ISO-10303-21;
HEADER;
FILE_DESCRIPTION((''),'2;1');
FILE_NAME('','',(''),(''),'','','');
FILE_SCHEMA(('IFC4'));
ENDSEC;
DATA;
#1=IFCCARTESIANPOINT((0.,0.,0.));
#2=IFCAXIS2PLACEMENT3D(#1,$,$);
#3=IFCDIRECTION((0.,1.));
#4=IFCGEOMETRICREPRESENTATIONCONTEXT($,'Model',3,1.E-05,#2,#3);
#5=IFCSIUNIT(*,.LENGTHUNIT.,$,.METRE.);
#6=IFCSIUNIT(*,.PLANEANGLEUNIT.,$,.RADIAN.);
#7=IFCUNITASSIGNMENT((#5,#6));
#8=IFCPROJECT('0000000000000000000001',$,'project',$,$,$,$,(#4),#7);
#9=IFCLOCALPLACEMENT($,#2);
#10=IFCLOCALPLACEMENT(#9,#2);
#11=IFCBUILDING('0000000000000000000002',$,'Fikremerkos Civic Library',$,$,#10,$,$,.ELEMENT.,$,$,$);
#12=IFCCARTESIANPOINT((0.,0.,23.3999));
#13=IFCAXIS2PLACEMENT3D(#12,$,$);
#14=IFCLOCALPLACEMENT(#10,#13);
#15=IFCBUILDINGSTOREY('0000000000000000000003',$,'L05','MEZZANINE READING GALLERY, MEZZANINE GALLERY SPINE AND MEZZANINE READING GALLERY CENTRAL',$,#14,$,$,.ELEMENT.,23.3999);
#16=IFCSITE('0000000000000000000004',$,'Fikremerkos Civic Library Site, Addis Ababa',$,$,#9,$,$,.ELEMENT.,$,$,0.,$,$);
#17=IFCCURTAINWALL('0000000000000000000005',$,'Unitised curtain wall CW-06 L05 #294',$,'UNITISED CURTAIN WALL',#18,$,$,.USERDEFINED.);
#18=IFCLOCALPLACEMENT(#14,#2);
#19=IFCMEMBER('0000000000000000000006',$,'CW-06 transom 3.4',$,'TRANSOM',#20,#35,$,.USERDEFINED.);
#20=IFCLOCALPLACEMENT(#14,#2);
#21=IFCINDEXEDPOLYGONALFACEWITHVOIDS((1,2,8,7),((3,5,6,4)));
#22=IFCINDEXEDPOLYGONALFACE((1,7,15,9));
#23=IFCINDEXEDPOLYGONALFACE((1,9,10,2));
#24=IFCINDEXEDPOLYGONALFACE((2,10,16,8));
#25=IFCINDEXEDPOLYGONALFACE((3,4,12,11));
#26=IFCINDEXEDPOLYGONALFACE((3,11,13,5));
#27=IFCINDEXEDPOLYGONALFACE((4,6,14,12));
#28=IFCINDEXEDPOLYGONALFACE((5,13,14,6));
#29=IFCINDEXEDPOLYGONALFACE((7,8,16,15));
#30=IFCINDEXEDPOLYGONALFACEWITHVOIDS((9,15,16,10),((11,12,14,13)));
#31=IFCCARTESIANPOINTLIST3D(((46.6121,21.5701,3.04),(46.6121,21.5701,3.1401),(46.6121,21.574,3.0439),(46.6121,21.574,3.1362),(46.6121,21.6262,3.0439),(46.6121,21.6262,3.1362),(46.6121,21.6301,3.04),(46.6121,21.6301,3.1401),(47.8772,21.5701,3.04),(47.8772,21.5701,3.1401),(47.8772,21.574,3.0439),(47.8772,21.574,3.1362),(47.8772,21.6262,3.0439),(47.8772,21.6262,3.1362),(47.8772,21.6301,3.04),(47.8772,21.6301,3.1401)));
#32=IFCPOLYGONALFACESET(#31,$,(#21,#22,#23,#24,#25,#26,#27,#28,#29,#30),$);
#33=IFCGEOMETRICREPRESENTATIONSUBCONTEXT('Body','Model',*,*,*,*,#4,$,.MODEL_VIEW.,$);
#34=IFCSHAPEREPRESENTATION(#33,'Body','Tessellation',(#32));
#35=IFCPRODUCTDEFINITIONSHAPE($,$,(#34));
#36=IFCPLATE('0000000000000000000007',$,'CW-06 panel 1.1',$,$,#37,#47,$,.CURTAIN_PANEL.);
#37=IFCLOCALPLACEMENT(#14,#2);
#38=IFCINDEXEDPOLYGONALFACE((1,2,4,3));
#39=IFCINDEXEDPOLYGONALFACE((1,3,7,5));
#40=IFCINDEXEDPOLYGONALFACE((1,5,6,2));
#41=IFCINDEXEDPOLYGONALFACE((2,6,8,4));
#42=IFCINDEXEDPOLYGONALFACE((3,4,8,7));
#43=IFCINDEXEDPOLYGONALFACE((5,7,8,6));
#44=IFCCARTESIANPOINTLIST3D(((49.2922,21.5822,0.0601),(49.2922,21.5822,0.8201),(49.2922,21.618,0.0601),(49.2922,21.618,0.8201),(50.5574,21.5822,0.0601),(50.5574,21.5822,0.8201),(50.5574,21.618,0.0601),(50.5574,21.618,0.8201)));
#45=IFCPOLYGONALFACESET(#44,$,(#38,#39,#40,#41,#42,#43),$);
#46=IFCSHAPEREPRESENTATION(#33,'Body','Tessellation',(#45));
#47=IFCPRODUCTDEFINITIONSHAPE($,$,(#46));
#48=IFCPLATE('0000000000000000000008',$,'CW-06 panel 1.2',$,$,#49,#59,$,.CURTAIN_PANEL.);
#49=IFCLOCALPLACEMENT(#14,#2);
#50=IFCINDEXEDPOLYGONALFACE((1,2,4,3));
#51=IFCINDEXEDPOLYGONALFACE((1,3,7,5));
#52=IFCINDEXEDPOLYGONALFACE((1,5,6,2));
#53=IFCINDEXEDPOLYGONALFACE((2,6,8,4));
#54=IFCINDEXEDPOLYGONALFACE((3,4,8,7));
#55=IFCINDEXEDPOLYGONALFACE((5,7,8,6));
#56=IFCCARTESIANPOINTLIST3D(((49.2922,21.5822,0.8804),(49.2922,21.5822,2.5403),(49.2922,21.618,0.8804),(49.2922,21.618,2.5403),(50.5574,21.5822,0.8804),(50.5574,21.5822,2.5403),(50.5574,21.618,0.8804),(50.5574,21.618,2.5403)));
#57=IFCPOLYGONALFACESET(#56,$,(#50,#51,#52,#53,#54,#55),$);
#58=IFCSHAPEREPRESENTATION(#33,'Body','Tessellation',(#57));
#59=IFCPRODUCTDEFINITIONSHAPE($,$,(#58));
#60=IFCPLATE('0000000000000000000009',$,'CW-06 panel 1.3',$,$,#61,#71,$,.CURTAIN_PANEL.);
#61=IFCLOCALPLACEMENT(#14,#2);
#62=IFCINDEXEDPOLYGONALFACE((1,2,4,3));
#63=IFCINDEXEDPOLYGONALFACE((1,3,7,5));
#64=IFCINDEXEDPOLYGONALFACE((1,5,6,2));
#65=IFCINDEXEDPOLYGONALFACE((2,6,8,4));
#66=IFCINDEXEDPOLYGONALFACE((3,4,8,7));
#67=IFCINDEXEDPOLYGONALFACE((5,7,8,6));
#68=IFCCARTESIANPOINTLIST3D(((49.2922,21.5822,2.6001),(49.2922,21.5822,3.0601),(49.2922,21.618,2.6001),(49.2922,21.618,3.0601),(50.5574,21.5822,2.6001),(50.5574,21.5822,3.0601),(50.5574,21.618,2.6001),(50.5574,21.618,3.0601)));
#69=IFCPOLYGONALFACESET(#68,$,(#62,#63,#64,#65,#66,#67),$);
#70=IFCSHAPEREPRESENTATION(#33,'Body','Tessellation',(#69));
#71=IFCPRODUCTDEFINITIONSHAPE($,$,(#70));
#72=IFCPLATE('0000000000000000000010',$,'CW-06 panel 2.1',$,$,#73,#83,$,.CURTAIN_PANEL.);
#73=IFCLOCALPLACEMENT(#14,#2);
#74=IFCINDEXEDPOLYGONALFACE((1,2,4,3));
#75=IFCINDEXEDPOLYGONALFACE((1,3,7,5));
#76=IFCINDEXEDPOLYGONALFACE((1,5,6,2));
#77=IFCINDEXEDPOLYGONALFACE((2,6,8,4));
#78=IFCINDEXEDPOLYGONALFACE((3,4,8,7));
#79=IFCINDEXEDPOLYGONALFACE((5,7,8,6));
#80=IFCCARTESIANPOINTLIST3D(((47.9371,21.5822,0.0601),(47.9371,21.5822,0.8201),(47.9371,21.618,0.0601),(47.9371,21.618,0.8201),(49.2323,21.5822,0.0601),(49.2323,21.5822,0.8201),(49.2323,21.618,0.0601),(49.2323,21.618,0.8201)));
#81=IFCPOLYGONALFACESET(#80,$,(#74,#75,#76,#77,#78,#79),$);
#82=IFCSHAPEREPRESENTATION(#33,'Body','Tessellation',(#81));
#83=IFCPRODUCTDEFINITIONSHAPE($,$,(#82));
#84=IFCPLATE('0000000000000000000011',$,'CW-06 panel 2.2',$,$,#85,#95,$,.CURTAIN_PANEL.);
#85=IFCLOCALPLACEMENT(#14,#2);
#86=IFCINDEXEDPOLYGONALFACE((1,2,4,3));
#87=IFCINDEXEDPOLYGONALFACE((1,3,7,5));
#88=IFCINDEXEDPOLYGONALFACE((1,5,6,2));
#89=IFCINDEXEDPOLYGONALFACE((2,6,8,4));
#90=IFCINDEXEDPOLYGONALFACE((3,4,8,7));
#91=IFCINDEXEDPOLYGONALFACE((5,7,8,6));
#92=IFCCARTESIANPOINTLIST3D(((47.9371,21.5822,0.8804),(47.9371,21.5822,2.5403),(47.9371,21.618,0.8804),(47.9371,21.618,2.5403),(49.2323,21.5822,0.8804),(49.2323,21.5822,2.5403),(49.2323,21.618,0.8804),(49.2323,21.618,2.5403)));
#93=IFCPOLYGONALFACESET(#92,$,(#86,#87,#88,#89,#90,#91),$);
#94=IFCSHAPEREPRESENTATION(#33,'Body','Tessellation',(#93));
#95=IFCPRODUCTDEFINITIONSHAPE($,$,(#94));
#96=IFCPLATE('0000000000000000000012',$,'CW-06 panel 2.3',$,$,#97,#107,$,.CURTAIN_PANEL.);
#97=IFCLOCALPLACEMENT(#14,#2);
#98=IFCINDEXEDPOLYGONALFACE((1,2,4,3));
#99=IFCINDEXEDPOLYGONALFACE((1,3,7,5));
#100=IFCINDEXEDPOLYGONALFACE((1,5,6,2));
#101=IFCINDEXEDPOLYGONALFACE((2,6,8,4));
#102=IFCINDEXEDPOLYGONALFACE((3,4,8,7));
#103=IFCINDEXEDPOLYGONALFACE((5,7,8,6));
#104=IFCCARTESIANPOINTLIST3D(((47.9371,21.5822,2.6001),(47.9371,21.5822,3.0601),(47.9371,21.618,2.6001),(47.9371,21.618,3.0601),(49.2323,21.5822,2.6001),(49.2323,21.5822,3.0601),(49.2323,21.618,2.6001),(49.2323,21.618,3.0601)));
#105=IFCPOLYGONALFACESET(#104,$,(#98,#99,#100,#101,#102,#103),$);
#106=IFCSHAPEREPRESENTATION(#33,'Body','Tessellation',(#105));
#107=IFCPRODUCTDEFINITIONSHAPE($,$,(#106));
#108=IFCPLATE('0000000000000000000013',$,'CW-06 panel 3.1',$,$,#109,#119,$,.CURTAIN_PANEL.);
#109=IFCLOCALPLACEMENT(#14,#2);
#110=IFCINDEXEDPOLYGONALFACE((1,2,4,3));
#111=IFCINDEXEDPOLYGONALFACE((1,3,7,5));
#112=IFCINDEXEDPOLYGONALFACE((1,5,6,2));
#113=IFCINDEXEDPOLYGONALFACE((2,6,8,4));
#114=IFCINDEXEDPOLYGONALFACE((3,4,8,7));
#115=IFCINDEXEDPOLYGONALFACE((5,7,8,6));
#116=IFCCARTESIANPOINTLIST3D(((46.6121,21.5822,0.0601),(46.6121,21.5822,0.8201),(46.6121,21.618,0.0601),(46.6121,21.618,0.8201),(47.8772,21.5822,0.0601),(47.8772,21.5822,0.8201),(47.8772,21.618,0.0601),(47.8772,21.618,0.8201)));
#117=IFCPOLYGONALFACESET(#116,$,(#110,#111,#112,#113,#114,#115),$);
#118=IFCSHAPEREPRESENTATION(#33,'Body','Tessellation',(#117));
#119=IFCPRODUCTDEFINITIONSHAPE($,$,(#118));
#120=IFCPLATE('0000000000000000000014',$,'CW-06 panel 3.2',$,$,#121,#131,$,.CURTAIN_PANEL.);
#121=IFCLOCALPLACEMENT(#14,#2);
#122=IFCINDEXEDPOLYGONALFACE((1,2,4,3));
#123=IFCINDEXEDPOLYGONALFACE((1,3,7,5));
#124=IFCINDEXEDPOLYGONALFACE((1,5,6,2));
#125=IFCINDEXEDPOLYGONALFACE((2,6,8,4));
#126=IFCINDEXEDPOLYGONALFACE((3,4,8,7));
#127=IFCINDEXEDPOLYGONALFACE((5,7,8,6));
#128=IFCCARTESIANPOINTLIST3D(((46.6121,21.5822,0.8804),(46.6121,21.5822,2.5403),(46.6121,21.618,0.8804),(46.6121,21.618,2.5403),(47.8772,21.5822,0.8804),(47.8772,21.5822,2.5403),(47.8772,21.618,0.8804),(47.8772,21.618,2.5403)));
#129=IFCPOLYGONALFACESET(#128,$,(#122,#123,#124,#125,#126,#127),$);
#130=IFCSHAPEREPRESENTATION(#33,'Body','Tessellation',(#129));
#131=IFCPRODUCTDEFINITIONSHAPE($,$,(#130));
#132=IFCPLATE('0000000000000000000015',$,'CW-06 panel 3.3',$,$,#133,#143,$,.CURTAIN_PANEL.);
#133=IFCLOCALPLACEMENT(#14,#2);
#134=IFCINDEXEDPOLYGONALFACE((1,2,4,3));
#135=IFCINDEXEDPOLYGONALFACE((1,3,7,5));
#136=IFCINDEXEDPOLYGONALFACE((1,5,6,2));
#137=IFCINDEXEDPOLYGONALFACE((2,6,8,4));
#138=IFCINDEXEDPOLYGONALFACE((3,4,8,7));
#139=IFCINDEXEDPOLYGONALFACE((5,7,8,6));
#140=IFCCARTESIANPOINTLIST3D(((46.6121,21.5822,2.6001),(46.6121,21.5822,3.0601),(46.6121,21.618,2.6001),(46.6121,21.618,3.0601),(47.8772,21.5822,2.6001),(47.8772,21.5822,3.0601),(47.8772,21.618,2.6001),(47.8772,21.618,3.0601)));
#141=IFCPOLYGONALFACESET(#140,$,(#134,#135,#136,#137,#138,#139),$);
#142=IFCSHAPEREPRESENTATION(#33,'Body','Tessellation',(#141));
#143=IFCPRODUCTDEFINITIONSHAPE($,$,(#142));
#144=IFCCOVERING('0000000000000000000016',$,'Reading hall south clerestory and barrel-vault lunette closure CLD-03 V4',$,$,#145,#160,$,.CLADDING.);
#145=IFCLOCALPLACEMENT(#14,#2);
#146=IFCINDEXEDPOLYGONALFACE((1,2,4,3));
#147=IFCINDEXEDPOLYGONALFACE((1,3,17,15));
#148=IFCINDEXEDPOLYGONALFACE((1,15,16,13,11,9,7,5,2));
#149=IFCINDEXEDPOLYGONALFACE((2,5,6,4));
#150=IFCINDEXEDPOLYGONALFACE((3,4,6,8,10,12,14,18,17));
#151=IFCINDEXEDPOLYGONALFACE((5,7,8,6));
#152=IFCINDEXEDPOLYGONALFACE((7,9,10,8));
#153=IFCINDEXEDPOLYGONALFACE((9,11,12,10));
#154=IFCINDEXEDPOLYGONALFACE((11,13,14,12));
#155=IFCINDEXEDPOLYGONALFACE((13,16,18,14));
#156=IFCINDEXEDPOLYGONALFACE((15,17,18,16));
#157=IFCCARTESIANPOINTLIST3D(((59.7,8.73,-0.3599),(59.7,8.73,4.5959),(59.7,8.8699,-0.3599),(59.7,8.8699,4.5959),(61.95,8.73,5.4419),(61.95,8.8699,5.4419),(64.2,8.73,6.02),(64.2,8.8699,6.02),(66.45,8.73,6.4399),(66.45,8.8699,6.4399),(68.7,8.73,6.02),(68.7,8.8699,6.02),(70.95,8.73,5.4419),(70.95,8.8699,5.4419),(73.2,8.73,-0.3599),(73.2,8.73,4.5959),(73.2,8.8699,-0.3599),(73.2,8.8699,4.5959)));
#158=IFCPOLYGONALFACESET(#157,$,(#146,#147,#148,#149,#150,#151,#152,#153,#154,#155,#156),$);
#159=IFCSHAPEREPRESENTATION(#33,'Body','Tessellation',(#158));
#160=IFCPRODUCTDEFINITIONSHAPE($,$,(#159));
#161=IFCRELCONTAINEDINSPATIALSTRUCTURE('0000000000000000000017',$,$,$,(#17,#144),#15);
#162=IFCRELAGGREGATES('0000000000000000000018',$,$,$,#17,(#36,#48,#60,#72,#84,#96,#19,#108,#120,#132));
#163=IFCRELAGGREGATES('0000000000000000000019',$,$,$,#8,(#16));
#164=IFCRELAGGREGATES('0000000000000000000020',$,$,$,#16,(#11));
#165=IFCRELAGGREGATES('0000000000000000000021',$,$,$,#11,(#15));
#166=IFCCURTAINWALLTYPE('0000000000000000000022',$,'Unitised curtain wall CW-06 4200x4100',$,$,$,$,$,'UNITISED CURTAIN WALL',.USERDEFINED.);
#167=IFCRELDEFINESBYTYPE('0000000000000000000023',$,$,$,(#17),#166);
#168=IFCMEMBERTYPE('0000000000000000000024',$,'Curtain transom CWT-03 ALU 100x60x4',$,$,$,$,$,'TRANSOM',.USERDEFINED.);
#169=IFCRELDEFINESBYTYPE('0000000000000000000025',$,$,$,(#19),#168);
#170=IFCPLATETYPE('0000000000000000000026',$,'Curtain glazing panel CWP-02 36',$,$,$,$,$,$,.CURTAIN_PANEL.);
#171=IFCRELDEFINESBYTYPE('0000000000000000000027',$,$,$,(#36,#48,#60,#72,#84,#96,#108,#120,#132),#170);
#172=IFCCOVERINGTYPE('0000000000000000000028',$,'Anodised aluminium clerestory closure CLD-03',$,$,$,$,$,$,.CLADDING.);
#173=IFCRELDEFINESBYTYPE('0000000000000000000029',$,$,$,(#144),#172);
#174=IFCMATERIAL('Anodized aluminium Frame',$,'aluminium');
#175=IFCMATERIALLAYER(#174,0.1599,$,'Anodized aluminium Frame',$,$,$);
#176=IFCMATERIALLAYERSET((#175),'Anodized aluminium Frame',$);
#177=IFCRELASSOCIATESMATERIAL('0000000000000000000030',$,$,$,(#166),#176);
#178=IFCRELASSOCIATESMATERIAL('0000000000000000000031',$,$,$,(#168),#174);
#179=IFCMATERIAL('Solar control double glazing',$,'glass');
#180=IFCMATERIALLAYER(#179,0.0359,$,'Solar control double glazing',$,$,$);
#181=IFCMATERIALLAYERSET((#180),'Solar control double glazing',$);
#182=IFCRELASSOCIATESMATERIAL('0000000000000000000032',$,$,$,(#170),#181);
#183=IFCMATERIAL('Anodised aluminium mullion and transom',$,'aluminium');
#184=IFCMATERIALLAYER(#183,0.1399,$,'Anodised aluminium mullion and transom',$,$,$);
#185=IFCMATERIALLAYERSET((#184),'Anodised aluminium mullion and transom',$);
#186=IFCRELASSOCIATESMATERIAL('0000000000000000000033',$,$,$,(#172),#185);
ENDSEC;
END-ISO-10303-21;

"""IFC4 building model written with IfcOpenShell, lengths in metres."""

from ifc_helpers import new_model, si_unit, direction, frame, origin, origin_2d, place, context, subcontext, project, spatial, polyline, rectangle, hollow_rectangle, outline, extrude, material, layer, layer_set, material_profile, profile_set, type_object, element, aggregate, save


model = new_model("IFC4")

# Units and contexts
model_context = context("Model", 3, precision=1e-05, world=origin(), true_north=direction((0.0, 1.0)))
body_context = subcontext(model_context, "Body", "Model", "MODEL_VIEW")
ifc_project = project(units=[si_unit("LENGTHUNIT", "METRE"), si_unit("PLANEANGLEUNIT", "RADIAN")], contexts=[model_context])

# Site, building, storey
site_placement = place(None, origin())
site = spatial("IfcSite", under=ifc_project, at=site_placement, Name="Fikremerkos Civic Library Site, Addis Ababa", CompositionType="ELEMENT", RefElevation=0.0)
building_placement = place(site_placement, origin())
building = spatial("IfcBuilding", under=site, at=building_placement, Name="Fikremerkos Civic Library", CompositionType="ELEMENT")
storey_placement = place(building_placement, frame((0.0, 0.0, 23.3999)))
storey = spatial("IfcBuildingStorey", under=building, at=storey_placement, Name="L05", Description="MEZZANINE READING GALLERY, MEZZANINE GALLERY SPINE AND MEZZANINE READING GALLERY CENTRAL", CompositionType="ELEMENT", Elevation=23.3999)

# Curtain wall, member, plates
ifc_material_1 = material(Name="Anodized aluminium Frame", Category="aluminium")
ifc_layer_1 = layer(ifc_material_1, 0.1599, Name="Anodized aluminium Frame")
ifc_layer_set_1 = layer_set([ifc_layer_1], Name="Anodized aluminium Frame")
curtain_wall_type = type_object("IfcCurtainWallType", Name="Unitised curtain wall CW-06 4200x4100", ElementType="UNITISED CURTAIN WALL", PredefinedType="USERDEFINED", material=ifc_layer_set_1)
curtain_wall_placement = place(storey_placement, origin())
curtain_wall = element("IfcCurtainWall", 1, at=curtain_wall_placement, inside=storey, type_object=curtain_wall_type, Name="Unitised curtain wall CW-06 L05 #294", ObjectType="UNITISED CURTAIN WALL", PredefinedType="USERDEFINED")
ifc_material_profile_1 = material_profile(ifc_material_1, hollow_rectangle(XDim=0.0601, YDim=0.1001, WallThickness=0.0039, at=origin_2d()), Name="ALU 100x60x4")
ifc_profile_set_1 = profile_set([ifc_material_profile_1], Name="Anodized aluminium Frame")
member_type_1 = type_object("IfcMemberType", Name="Curtain transom CWT-03 ALU 100x60x4", ElementType="TRANSOM", PredefinedType="USERDEFINED", material=ifc_profile_set_1)
member_1_placement = place(storey_placement, frame((47.8772, 21.6001, 3.0901), z_axis=(-1.0, 0.0, 0.0), x_axis=(0.0, -1.0, 0.0)))
member_1 = element("IfcMember", 2, at=member_1_placement, type_object=member_type_1, Name="CW-06 transom 3.4", ObjectType="TRANSOM", PredefinedType="USERDEFINED", context=body_context, shape_type="SweptSolid", body=[
    extrude(hollow_rectangle(XDim=0.0601, YDim=0.1001, WallThickness=0.0039, at=origin_2d()), origin(), (0.0, 0.0, 1.0), 1.2651),
])
ifc_material_2 = material(Name="Solar control double glazing", Category="glass")
ifc_layer_2 = layer(ifc_material_2, 0.0359, Name="Solar control double glazing")
ifc_layer_set_2 = layer_set([ifc_layer_2], Name="Solar control double glazing")
plate_type = type_object("IfcPlateType", Name="Curtain glazing panel CWP-02 36", PredefinedType="CURTAIN_PANEL", material=ifc_layer_set_2)
plate_1_placement = place(storey_placement, frame((49.9248, 21.6001, 0.0601), z_axis=(0.0, 0.0, 1.0), x_axis=(-1.0, 0.0, 0.0)))
plate_1 = element("IfcPlate", 3, at=plate_1_placement, type_object=plate_type, Name="CW-06 panel 1.1", PredefinedType="CURTAIN_PANEL", context=body_context, shape_type="SweptSolid", body=[
    extrude(rectangle(XDim=1.2651, YDim=0.0359, at=origin_2d()), origin(), (0.0, 0.0, 1.0), 0.76),
])
plate_2_placement = place(storey_placement, frame((49.9248, 21.6001, 0.8804), z_axis=(0.0, 0.0, 1.0), x_axis=(-1.0, 0.0, 0.0)))
plate_2 = element("IfcPlate", 4, at=plate_2_placement, type_object=plate_type, Name="CW-06 panel 1.2", PredefinedType="CURTAIN_PANEL", context=body_context, shape_type="SweptSolid", body=[
    extrude(rectangle(XDim=1.2651, YDim=0.0359, at=origin_2d()), origin(), (0.0, 0.0, 1.0), 1.6599),
])
plate_3_placement = place(storey_placement, frame((49.9248, 21.6001, 2.6001), z_axis=(0.0, 0.0, 1.0), x_axis=(-1.0, 0.0, 0.0)))
plate_3 = element("IfcPlate", 5, at=plate_3_placement, type_object=plate_type, Name="CW-06 panel 1.3", PredefinedType="CURTAIN_PANEL", context=body_context, shape_type="SweptSolid", body=[
    extrude(rectangle(XDim=1.2651, YDim=0.0359, at=origin_2d()), origin(), (0.0, 0.0, 1.0), 0.46),
])
plate_4_placement = place(storey_placement, frame((48.5847, 21.6001, 0.0601), z_axis=(0.0, 0.0, 1.0), x_axis=(-1.0, 0.0, 0.0)))
plate_4 = element("IfcPlate", 6, at=plate_4_placement, type_object=plate_type, Name="CW-06 panel 2.1", PredefinedType="CURTAIN_PANEL", context=body_context, shape_type="SweptSolid", body=[
    extrude(rectangle(XDim=1.2952, YDim=0.0359, at=origin_2d()), origin(), (0.0, 0.0, 1.0), 0.76),
])
plate_5_placement = place(storey_placement, frame((48.5847, 21.6001, 0.8804), z_axis=(0.0, 0.0, 1.0), x_axis=(-1.0, 0.0, 0.0)))
plate_5 = element("IfcPlate", 7, at=plate_5_placement, type_object=plate_type, Name="CW-06 panel 2.2", PredefinedType="CURTAIN_PANEL", context=body_context, shape_type="SweptSolid", body=[
    extrude(rectangle(XDim=1.2952, YDim=0.0359, at=origin_2d()), origin(), (0.0, 0.0, 1.0), 1.6599),
])
plate_6_placement = place(storey_placement, frame((48.5847, 21.6001, 2.6001), z_axis=(0.0, 0.0, 1.0), x_axis=(-1.0, 0.0, 0.0)))
plate_6 = element("IfcPlate", 8, at=plate_6_placement, type_object=plate_type, Name="CW-06 panel 2.3", PredefinedType="CURTAIN_PANEL", context=body_context, shape_type="SweptSolid", body=[
    extrude(rectangle(XDim=1.2952, YDim=0.0359, at=origin_2d()), origin(), (0.0, 0.0, 1.0), 0.46),
])
plate_7_placement = place(storey_placement, frame((47.2446, 21.6001, 0.0601), z_axis=(0.0, 0.0, 1.0), x_axis=(-1.0, 0.0, 0.0)))
plate_7 = element("IfcPlate", 9, at=plate_7_placement, type_object=plate_type, Name="CW-06 panel 3.1", PredefinedType="CURTAIN_PANEL", context=body_context, shape_type="SweptSolid", body=[
    extrude(rectangle(XDim=1.2651, YDim=0.0359, at=origin_2d()), origin(), (0.0, 0.0, 1.0), 0.76),
])
plate_8_placement = place(storey_placement, frame((47.2446, 21.6001, 0.8804), z_axis=(0.0, 0.0, 1.0), x_axis=(-1.0, 0.0, 0.0)))
plate_8 = element("IfcPlate", 10, at=plate_8_placement, type_object=plate_type, Name="CW-06 panel 3.2", PredefinedType="CURTAIN_PANEL", context=body_context, shape_type="SweptSolid", body=[
    extrude(rectangle(XDim=1.2651, YDim=0.0359, at=origin_2d()), origin(), (0.0, 0.0, 1.0), 1.6599),
])
plate_9_placement = place(storey_placement, frame((47.2446, 21.6001, 2.6001), z_axis=(0.0, 0.0, 1.0), x_axis=(-1.0, 0.0, 0.0)))
plate_9 = element("IfcPlate", 11, at=plate_9_placement, type_object=plate_type, Name="CW-06 panel 3.3", PredefinedType="CURTAIN_PANEL", context=body_context, shape_type="SweptSolid", body=[
    extrude(rectangle(XDim=1.2651, YDim=0.0359, at=origin_2d()), origin(), (0.0, 0.0, 1.0), 0.46),
])
aggregate(curtain_wall, [plate_1, plate_2, plate_3, plate_4, plate_5, plate_6, member_1, plate_7, plate_8, plate_9])

# Covering
ifc_material_3 = material(Name="Anodised aluminium mullion and transom", Category="aluminium")
ifc_layer_3 = layer(ifc_material_3, 0.1399, Name="Anodised aluminium mullion and transom")
ifc_layer_set_3 = layer_set([ifc_layer_3], Name="Anodised aluminium mullion and transom")
covering_type = type_object("IfcCoveringType", Name="Anodised aluminium clerestory closure CLD-03", PredefinedType="CLADDING", material=ifc_layer_set_3)
covering_placement = place(storey_placement, frame((59.7, 8.8, -0.3599), z_axis=(0.0, 0.0, 1.0), x_axis=(1.0, 0.0, 0.0)))
element("IfcCovering", 12, at=covering_placement, inside=storey, type_object=covering_type, Name="Reading hall south clerestory and barrel-vault lunette closure CLD-03 V4", PredefinedType="CLADDING", context=body_context, shape_type="SweptSolid", body=[
    extrude(outline(polyline([(0.0, 0.0), (13.5, 0.0), (13.5, 4.9558), (11.25, 5.8018), (9.0, 6.3799), (6.75, 6.7998), (4.5, 6.3799), (2.25, 5.8018), (0.0, 4.9558), (0.0, 0.0)])), frame((0.0, 0.0698, 0.0), z_axis=(0.0, -1.0, 0.0), x_axis=(1.0, 0.0, 0.0)), (0.0, 0.0, 1.0), 0.1399),
])

save(model, "model.ifc")
